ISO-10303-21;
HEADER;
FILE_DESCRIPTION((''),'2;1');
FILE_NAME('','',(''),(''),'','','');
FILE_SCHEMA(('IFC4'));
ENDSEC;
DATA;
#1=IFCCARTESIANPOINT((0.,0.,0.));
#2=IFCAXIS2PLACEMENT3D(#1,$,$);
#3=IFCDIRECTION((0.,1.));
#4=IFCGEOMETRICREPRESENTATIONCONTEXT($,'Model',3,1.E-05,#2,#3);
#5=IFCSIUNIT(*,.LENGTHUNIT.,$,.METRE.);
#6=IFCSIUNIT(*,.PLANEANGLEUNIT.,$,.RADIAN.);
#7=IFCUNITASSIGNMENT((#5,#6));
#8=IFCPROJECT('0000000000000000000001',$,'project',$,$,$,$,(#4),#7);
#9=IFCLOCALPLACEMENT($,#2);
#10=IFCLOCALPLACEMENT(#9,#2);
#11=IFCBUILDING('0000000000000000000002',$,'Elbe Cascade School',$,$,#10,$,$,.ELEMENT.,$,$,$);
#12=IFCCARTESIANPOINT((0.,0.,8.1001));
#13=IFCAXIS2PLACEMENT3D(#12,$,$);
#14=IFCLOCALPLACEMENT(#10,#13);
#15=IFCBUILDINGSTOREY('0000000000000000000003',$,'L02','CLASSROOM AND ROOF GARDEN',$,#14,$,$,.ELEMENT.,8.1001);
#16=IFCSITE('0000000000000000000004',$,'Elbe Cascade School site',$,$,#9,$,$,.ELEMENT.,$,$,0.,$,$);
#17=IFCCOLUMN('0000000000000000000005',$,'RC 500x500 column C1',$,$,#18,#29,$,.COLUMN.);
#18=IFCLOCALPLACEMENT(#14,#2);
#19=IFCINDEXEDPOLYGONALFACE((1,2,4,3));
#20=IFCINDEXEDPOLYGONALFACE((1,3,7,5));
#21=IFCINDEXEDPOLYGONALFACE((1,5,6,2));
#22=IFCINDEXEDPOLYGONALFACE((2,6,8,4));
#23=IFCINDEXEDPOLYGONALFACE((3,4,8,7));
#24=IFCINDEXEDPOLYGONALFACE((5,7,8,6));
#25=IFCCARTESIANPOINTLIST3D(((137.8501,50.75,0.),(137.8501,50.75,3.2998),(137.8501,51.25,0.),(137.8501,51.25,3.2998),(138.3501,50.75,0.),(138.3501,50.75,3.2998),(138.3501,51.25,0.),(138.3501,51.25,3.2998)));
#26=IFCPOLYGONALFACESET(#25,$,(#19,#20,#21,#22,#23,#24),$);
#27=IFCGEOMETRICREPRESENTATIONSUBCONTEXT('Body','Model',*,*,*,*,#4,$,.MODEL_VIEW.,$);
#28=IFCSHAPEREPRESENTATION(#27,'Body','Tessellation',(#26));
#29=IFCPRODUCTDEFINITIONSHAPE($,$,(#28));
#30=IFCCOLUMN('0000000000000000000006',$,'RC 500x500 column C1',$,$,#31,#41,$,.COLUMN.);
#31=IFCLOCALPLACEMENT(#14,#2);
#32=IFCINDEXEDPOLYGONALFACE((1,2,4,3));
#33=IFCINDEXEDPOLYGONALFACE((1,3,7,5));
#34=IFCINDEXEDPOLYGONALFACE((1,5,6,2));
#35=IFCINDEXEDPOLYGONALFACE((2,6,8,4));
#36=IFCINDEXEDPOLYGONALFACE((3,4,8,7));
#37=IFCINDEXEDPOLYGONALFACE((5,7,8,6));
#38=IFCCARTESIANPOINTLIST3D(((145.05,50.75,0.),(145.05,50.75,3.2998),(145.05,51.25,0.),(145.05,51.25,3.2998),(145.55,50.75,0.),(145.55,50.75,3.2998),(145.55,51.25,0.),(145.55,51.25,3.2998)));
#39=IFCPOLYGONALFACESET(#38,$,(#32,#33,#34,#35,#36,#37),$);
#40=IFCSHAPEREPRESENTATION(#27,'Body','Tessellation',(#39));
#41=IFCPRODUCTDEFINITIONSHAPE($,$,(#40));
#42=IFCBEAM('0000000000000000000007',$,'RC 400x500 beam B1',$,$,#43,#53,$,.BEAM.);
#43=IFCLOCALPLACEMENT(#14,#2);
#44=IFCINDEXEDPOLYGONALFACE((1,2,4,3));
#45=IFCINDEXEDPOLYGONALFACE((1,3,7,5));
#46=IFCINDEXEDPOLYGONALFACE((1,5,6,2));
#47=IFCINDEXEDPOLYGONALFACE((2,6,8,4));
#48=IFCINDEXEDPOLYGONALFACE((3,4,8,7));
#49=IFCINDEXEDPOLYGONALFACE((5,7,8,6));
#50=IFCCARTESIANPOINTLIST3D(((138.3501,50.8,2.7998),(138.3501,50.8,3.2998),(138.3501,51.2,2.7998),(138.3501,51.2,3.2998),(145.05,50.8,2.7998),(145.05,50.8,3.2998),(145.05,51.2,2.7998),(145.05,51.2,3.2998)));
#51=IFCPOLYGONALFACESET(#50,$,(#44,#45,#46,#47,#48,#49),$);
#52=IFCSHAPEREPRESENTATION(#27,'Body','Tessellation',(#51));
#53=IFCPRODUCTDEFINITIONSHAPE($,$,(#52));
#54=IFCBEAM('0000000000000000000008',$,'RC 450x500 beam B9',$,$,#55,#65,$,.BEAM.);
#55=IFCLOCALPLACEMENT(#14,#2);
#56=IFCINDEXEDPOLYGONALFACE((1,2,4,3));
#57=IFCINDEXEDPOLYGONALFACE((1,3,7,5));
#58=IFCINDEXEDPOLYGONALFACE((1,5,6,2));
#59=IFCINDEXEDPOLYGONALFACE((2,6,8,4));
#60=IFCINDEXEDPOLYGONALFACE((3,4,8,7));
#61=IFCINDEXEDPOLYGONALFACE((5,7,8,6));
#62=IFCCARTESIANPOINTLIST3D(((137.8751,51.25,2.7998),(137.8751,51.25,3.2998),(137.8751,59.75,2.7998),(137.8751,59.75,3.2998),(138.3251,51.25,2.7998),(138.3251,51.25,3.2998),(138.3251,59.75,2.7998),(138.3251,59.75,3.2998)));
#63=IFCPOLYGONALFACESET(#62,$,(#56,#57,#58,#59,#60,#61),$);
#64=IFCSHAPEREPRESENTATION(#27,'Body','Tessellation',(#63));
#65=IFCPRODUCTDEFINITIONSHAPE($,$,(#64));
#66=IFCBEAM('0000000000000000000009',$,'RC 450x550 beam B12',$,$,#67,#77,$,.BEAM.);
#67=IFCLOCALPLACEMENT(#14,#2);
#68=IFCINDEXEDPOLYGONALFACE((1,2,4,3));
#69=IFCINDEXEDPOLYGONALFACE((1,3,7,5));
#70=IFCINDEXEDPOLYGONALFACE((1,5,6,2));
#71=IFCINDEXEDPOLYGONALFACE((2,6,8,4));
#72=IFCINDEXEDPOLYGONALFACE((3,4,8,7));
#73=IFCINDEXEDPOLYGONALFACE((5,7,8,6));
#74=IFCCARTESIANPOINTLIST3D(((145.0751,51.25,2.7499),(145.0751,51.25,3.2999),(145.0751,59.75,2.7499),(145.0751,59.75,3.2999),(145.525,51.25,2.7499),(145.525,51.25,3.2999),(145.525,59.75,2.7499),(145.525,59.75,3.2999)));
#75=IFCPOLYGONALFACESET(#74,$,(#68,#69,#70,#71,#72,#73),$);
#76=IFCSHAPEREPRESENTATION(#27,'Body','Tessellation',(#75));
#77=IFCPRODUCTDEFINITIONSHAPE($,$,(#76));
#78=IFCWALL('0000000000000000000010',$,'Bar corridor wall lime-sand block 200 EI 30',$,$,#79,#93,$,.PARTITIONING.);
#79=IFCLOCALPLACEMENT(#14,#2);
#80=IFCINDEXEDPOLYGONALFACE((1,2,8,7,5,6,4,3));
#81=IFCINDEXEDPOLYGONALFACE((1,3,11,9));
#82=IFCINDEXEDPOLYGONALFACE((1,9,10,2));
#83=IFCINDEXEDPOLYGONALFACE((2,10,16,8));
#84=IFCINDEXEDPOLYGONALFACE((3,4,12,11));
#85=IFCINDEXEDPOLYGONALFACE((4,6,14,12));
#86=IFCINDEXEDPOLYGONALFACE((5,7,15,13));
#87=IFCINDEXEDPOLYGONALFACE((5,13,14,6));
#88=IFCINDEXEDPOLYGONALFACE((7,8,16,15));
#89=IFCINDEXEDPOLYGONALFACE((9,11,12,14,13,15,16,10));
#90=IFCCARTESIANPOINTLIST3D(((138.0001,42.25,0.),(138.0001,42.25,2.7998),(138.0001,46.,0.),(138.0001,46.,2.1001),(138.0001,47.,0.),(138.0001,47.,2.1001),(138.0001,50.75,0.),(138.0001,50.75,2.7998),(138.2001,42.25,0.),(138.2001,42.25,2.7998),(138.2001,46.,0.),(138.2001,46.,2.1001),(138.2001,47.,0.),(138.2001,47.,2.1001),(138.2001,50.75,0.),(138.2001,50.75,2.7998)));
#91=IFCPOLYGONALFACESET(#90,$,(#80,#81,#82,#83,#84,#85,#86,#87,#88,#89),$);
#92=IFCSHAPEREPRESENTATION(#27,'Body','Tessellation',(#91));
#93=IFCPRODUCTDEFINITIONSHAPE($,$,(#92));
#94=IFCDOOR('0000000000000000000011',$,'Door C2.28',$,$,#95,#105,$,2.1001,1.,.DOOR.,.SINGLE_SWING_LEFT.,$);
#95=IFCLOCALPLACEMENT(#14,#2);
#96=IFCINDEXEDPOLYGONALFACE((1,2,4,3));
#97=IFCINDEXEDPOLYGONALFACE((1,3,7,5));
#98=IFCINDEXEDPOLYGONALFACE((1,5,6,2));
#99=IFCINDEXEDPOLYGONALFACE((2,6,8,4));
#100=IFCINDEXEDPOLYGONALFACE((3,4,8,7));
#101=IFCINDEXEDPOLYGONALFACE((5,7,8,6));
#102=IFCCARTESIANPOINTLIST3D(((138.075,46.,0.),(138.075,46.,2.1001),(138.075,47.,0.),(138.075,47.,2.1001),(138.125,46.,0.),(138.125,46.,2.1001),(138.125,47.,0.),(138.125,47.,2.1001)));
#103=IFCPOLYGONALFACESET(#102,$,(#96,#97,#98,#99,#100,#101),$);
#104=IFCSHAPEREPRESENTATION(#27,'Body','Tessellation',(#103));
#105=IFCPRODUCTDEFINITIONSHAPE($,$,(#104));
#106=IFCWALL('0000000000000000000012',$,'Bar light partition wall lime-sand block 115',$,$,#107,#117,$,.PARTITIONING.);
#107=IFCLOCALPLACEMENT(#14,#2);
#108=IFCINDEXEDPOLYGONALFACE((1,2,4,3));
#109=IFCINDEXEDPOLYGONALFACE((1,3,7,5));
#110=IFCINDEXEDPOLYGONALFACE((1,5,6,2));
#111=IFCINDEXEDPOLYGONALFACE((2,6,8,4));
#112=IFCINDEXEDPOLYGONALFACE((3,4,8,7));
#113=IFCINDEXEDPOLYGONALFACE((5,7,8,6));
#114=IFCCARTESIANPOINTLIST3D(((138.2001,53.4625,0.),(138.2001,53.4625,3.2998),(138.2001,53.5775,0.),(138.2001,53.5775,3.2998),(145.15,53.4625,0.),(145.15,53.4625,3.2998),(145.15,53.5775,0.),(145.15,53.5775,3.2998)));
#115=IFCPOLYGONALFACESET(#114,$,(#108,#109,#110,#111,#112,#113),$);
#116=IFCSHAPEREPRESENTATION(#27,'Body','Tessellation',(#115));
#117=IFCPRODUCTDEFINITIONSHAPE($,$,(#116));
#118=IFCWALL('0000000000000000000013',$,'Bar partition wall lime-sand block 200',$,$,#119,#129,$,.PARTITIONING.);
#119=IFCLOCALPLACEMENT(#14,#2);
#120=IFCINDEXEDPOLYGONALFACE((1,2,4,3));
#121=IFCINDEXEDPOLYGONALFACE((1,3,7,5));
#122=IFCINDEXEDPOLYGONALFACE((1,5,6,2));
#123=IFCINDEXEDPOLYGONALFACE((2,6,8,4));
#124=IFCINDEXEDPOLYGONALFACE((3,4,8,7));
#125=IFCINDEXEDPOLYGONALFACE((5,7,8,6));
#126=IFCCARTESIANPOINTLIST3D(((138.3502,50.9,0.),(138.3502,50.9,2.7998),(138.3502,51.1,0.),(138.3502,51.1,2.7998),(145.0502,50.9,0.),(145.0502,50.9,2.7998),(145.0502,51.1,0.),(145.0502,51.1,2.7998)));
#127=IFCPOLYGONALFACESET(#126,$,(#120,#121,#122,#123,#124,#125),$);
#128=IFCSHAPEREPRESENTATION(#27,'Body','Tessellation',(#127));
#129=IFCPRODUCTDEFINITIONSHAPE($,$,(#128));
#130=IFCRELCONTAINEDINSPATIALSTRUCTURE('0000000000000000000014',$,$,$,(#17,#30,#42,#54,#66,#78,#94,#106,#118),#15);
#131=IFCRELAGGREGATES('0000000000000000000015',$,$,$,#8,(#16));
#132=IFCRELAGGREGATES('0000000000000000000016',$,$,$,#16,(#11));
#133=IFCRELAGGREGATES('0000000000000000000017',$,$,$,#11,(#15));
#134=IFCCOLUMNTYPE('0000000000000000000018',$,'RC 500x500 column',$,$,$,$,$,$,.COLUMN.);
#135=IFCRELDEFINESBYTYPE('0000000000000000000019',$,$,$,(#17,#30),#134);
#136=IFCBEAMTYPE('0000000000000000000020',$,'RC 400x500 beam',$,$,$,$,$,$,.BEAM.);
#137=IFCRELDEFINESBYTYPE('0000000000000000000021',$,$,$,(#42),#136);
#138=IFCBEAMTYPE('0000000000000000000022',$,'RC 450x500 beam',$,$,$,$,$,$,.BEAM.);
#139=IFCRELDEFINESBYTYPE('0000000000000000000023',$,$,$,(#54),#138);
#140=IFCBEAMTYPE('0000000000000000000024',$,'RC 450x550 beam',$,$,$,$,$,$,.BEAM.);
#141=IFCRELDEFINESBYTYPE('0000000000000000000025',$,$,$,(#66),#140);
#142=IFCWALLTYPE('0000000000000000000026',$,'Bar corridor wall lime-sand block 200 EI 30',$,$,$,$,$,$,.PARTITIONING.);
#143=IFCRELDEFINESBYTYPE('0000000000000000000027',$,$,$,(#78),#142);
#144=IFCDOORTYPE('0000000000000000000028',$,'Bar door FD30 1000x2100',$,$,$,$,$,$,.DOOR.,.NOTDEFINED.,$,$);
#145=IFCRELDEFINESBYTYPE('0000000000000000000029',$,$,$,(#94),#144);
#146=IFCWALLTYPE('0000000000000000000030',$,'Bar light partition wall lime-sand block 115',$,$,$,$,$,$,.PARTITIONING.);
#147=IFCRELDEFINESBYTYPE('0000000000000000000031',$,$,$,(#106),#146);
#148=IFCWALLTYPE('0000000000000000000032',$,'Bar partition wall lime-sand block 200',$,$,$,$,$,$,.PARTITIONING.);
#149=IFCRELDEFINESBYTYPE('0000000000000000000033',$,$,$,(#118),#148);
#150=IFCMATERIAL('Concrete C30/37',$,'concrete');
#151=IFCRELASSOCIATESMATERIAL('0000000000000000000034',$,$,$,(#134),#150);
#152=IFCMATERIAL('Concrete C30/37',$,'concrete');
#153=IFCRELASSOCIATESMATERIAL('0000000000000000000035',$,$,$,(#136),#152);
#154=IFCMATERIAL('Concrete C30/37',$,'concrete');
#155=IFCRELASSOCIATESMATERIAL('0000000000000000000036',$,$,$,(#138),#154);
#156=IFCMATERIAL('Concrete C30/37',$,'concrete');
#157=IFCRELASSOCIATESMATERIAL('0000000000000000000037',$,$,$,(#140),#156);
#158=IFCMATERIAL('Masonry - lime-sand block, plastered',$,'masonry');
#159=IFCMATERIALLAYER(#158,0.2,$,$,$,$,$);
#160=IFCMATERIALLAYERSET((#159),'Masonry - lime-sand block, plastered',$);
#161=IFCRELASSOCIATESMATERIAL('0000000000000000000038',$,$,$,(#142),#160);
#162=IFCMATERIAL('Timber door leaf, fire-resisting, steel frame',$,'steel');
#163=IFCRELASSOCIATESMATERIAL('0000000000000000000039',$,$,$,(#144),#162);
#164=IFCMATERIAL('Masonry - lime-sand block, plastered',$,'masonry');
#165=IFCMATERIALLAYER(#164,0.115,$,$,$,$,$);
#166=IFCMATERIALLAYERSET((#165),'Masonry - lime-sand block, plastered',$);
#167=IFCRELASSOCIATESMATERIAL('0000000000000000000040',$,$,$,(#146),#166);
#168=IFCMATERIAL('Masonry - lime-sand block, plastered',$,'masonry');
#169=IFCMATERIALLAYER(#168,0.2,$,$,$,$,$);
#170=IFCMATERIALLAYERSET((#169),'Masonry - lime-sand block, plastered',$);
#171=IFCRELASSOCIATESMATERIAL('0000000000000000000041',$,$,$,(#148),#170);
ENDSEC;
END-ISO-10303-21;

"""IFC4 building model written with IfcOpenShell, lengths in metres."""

from ifc_helpers import new_model, si_unit, direction, frame, frame_2d, origin, origin_2d, place, context, subcontext, project, spatial, rectangle, extrude, material, layer, layer_set, material_profile, profile_set, type_object, element, fill, save


model = new_model("IFC4")

# Units and contexts
model_context = context("Model", 3, precision=1e-05, world=origin(), true_north=direction((0.0, 1.0)))
body_context = subcontext(model_context, "Body", "Model", "MODEL_VIEW")
ifc_project = project(units=[si_unit("LENGTHUNIT", "METRE"), si_unit("PLANEANGLEUNIT", "RADIAN")], contexts=[model_context])

# Site, building, storey
site_placement = place(None, origin())
site = spatial("IfcSite", under=ifc_project, at=site_placement, Name="Elbe Cascade School site", CompositionType="ELEMENT", RefElevation=0.0)
building_placement = place(site_placement, origin())
building = spatial("IfcBuilding", under=site, at=building_placement, Name="Elbe Cascade School", CompositionType="ELEMENT")
storey_placement = place(building_placement, frame((0.0, 0.0, 8.1001)))
storey = spatial("IfcBuildingStorey", under=building, at=storey_placement, Name="L02", Description="CLASSROOM AND ROOF GARDEN", CompositionType="ELEMENT", Elevation=8.1001)

# Columns
ifc_material_1 = material(Name="Concrete C30/37", Category="concrete")
ifc_material_profile_1 = material_profile(ifc_material_1, rectangle(XDim=0.5, YDim=0.5, at=origin_2d()), Name="RC 500x500")
ifc_profile_set_1 = profile_set([ifc_material_profile_1], Name="Concrete C30/37")
column_type = type_object("IfcColumnType", Name="RC 500x500 column", PredefinedType="COLUMN", material=ifc_profile_set_1)
for number, where, z_axis, x_axis, name in (
    (1, (138.1001, 51.0, 0.0), (0.0, 0.0, 1.0), (1.0, 0.0, 0.0), "RC 500x500 column C1"),
    (2, (145.3, 51.0, 0.0), (0.0, 0.0, 1.0), (1.0, 0.0, 0.0), "RC 500x500 column C1"),
):
    element("IfcColumn", number, at=place(storey_placement, frame(where, z_axis=z_axis, x_axis=x_axis)), inside=storey, type_object=column_type, Name=name, PredefinedType="COLUMN", context=body_context, shape_type="SweptSolid", body=[
        extrude(rectangle(XDim=0.5, YDim=0.5, at=origin_2d()), origin(), (0.0, 0.0, 1.0), 3.2998),
    ])

# Beams
ifc_material_2 = material(Name="Concrete C30/37", Category="concrete")
ifc_material_profile_2 = material_profile(ifc_material_2, rectangle(XDim=0.3999, YDim=0.5, at=origin_2d()), Name="RC 400x500")
ifc_profile_set_2 = profile_set([ifc_material_profile_2], Name="Concrete C30/37")
beam_type_1 = type_object("IfcBeamType", Name="RC 400x500 beam", PredefinedType="BEAM", material=ifc_profile_set_2)
beam_1_placement = place(storey_placement, frame((138.3501, 51.0, 3.0498), z_axis=(1.0, 0.0, 0.0), x_axis=(0.0, 1.0, 0.0)))
element("IfcBeam", 3, at=beam_1_placement, inside=storey, type_object=beam_type_1, Name="RC 400x500 beam B1", PredefinedType="BEAM", context=body_context, shape_type="SweptSolid", body=[
    extrude(rectangle(XDim=0.3999, YDim=0.5, at=origin_2d()), origin(), (0.0, 0.0, 1.0), 6.7),
])
ifc_material_3 = material(Name="Concrete C30/37", Category="concrete")
ifc_material_profile_3 = material_profile(ifc_material_3, rectangle(XDim=0.45, YDim=0.5, at=origin_2d()), Name="RC 450x500")
ifc_profile_set_3 = profile_set([ifc_material_profile_3], Name="Concrete C30/37")
beam_type_2 = type_object("IfcBeamType", Name="RC 450x500 beam", PredefinedType="BEAM", material=ifc_profile_set_3)
beam_2_placement = place(storey_placement, frame((138.1001, 51.25, 3.0498), z_axis=(0.0, 1.0, 0.0), x_axis=(-1.0, 0.0, 0.0)))
element("IfcBeam", 4, at=beam_2_placement, inside=storey, type_object=beam_type_2, Name="RC 450x500 beam B9", PredefinedType="BEAM", context=body_context, shape_type="SweptSolid", body=[
    extrude(rectangle(XDim=0.45, YDim=0.5, at=origin_2d()), origin(), (0.0, 0.0, 1.0), 8.5),
])
ifc_material_4 = material(Name="Concrete C30/37", Category="concrete")
ifc_material_profile_4 = material_profile(ifc_material_4, rectangle(XDim=0.45, YDim=0.55, at=origin_2d()), Name="RC 450x550")
ifc_profile_set_4 = profile_set([ifc_material_profile_4], Name="Concrete C30/37")
beam_type_3 = type_object("IfcBeamType", Name="RC 450x550 beam", PredefinedType="BEAM", material=ifc_profile_set_4)
beam_3_placement = place(storey_placement, frame((145.3, 51.25, 3.0249), z_axis=(0.0, 1.0, 0.0), x_axis=(-1.0, 0.0, 0.0)))
element("IfcBeam", 5, at=beam_3_placement, inside=storey, type_object=beam_type_3, Name="RC 450x550 beam B12", PredefinedType="BEAM", context=body_context, shape_type="SweptSolid", body=[
    extrude(rectangle(XDim=0.45, YDim=0.55, at=origin_2d()), origin(), (0.0, 0.0, 1.0), 8.5),
])

# Wall, opening, door
ifc_material_5 = material(Name="Masonry - lime-sand block, plastered", Category="masonry")
ifc_layer_1 = layer(ifc_material_5, 0.2)
ifc_layer_set_1 = layer_set([ifc_layer_1], Name="Masonry - lime-sand block, plastered")
wall_type_1 = type_object("IfcWallType", Name="Bar corridor wall lime-sand block 200 EI 30", PredefinedType="PARTITIONING", material=ifc_layer_set_1)
wall_1_placement = place(storey_placement, frame((138.1001, 50.75, 0.0), z_axis=(0.0, 0.0, 1.0), x_axis=(0.0, -1.0, 0.0)))
wall_1 = element("IfcWall", 6, at=wall_1_placement, inside=storey, type_object=wall_type_1, Name="Bar corridor wall lime-sand block 200 EI 30", PredefinedType="PARTITIONING", context=body_context, shape_type="SweptSolid", body=[
    extrude(rectangle(XDim=8.5, YDim=0.2, at=frame_2d((4.25, 0.0))), origin(), (0.0, 0.0, 1.0), 2.7998),
])
opening_1_placement = place(wall_1_placement, frame((3.75, 0.0, 0.0)))
opening_1 = element("IfcOpeningElement", 7, at=opening_1_placement, cuts=wall_1, PredefinedType="OPENING", context=body_context, shape_type="SweptSolid", body=[
    extrude(rectangle(XDim=1.0, YDim=2.1001, at=frame_2d((0.5, 1.05))), frame((0.0, 0.1099, 0.0), z_axis=(0.0, -1.0, 0.0), x_axis=(1.0, 0.0, 0.0)), (0.0, 0.0, 1.0), 0.22),
])
ifc_material_6 = material(Name="Timber door leaf, fire-resisting, steel frame", Category="steel")
door_type = type_object("IfcDoorType", Name="Bar door FD30 1000x2100", OperationType="NOTDEFINED", PredefinedType="DOOR", material=ifc_material_6)
door_placement = place(opening_1_placement, origin())
door = element("IfcDoor", 8, at=door_placement, inside=storey, type_object=door_type, Name="Door C2.28", OperationType="SINGLE_SWING_LEFT", OverallHeight=2.1001, OverallWidth=1.0, PredefinedType="DOOR", context=body_context, shape_type="SweptSolid", body=[
    extrude(rectangle(XDim=1.0, YDim=2.1001, at=frame_2d((0.5, 1.05))), frame((0.0, 0.0249, 0.0), z_axis=(0.0, -1.0, 0.0), x_axis=(1.0, 0.0, 0.0)), (0.0, 0.0, 1.0), 0.05),
])
fill(opening_1, door)

# Walls
ifc_material_7 = material(Name="Masonry - lime-sand block, plastered", Category="masonry")
ifc_layer_2 = layer(ifc_material_7, 0.115)
ifc_layer_set_2 = layer_set([ifc_layer_2], Name="Masonry - lime-sand block, plastered")
wall_type_2 = type_object("IfcWallType", Name="Bar light partition wall lime-sand block 115", PredefinedType="PARTITIONING", material=ifc_layer_set_2)
wall_2_placement = place(storey_placement, frame((138.2, 53.52, 0.0), z_axis=(0.0, 0.0, 1.0), x_axis=(1.0, 0.0, 0.0)))
element("IfcWall", 9, at=wall_2_placement, inside=storey, type_object=wall_type_2, Name="Bar light partition wall lime-sand block 115", PredefinedType="PARTITIONING", context=body_context, shape_type="SweptSolid", body=[
    extrude(rectangle(XDim=6.95, YDim=0.115, at=frame_2d((3.4751, 0.0))), origin(), (0.0, 0.0, 1.0), 3.2998),
])
ifc_material_8 = material(Name="Masonry - lime-sand block, plastered", Category="masonry")
ifc_layer_3 = layer(ifc_material_8, 0.2)
ifc_layer_set_3 = layer_set([ifc_layer_3], Name="Masonry - lime-sand block, plastered")
wall_type_3 = type_object("IfcWallType", Name="Bar partition wall lime-sand block 200", PredefinedType="PARTITIONING", material=ifc_layer_set_3)
wall_3_placement = place(storey_placement, frame((138.3501, 51.0, 0.0), z_axis=(0.0, 0.0, 1.0), x_axis=(1.0, 0.0, 0.0)))
element("IfcWall", 10, at=wall_3_placement, inside=storey, type_object=wall_type_3, Name="Bar partition wall lime-sand block 200", PredefinedType="PARTITIONING", context=body_context, shape_type="SweptSolid", body=[
    extrude(rectangle(XDim=6.7, YDim=0.2, at=frame_2d((3.3501, 0.0))), origin(), (0.0, 0.0, 1.0), 2.7998),
])

save(model, "model.ifc")
